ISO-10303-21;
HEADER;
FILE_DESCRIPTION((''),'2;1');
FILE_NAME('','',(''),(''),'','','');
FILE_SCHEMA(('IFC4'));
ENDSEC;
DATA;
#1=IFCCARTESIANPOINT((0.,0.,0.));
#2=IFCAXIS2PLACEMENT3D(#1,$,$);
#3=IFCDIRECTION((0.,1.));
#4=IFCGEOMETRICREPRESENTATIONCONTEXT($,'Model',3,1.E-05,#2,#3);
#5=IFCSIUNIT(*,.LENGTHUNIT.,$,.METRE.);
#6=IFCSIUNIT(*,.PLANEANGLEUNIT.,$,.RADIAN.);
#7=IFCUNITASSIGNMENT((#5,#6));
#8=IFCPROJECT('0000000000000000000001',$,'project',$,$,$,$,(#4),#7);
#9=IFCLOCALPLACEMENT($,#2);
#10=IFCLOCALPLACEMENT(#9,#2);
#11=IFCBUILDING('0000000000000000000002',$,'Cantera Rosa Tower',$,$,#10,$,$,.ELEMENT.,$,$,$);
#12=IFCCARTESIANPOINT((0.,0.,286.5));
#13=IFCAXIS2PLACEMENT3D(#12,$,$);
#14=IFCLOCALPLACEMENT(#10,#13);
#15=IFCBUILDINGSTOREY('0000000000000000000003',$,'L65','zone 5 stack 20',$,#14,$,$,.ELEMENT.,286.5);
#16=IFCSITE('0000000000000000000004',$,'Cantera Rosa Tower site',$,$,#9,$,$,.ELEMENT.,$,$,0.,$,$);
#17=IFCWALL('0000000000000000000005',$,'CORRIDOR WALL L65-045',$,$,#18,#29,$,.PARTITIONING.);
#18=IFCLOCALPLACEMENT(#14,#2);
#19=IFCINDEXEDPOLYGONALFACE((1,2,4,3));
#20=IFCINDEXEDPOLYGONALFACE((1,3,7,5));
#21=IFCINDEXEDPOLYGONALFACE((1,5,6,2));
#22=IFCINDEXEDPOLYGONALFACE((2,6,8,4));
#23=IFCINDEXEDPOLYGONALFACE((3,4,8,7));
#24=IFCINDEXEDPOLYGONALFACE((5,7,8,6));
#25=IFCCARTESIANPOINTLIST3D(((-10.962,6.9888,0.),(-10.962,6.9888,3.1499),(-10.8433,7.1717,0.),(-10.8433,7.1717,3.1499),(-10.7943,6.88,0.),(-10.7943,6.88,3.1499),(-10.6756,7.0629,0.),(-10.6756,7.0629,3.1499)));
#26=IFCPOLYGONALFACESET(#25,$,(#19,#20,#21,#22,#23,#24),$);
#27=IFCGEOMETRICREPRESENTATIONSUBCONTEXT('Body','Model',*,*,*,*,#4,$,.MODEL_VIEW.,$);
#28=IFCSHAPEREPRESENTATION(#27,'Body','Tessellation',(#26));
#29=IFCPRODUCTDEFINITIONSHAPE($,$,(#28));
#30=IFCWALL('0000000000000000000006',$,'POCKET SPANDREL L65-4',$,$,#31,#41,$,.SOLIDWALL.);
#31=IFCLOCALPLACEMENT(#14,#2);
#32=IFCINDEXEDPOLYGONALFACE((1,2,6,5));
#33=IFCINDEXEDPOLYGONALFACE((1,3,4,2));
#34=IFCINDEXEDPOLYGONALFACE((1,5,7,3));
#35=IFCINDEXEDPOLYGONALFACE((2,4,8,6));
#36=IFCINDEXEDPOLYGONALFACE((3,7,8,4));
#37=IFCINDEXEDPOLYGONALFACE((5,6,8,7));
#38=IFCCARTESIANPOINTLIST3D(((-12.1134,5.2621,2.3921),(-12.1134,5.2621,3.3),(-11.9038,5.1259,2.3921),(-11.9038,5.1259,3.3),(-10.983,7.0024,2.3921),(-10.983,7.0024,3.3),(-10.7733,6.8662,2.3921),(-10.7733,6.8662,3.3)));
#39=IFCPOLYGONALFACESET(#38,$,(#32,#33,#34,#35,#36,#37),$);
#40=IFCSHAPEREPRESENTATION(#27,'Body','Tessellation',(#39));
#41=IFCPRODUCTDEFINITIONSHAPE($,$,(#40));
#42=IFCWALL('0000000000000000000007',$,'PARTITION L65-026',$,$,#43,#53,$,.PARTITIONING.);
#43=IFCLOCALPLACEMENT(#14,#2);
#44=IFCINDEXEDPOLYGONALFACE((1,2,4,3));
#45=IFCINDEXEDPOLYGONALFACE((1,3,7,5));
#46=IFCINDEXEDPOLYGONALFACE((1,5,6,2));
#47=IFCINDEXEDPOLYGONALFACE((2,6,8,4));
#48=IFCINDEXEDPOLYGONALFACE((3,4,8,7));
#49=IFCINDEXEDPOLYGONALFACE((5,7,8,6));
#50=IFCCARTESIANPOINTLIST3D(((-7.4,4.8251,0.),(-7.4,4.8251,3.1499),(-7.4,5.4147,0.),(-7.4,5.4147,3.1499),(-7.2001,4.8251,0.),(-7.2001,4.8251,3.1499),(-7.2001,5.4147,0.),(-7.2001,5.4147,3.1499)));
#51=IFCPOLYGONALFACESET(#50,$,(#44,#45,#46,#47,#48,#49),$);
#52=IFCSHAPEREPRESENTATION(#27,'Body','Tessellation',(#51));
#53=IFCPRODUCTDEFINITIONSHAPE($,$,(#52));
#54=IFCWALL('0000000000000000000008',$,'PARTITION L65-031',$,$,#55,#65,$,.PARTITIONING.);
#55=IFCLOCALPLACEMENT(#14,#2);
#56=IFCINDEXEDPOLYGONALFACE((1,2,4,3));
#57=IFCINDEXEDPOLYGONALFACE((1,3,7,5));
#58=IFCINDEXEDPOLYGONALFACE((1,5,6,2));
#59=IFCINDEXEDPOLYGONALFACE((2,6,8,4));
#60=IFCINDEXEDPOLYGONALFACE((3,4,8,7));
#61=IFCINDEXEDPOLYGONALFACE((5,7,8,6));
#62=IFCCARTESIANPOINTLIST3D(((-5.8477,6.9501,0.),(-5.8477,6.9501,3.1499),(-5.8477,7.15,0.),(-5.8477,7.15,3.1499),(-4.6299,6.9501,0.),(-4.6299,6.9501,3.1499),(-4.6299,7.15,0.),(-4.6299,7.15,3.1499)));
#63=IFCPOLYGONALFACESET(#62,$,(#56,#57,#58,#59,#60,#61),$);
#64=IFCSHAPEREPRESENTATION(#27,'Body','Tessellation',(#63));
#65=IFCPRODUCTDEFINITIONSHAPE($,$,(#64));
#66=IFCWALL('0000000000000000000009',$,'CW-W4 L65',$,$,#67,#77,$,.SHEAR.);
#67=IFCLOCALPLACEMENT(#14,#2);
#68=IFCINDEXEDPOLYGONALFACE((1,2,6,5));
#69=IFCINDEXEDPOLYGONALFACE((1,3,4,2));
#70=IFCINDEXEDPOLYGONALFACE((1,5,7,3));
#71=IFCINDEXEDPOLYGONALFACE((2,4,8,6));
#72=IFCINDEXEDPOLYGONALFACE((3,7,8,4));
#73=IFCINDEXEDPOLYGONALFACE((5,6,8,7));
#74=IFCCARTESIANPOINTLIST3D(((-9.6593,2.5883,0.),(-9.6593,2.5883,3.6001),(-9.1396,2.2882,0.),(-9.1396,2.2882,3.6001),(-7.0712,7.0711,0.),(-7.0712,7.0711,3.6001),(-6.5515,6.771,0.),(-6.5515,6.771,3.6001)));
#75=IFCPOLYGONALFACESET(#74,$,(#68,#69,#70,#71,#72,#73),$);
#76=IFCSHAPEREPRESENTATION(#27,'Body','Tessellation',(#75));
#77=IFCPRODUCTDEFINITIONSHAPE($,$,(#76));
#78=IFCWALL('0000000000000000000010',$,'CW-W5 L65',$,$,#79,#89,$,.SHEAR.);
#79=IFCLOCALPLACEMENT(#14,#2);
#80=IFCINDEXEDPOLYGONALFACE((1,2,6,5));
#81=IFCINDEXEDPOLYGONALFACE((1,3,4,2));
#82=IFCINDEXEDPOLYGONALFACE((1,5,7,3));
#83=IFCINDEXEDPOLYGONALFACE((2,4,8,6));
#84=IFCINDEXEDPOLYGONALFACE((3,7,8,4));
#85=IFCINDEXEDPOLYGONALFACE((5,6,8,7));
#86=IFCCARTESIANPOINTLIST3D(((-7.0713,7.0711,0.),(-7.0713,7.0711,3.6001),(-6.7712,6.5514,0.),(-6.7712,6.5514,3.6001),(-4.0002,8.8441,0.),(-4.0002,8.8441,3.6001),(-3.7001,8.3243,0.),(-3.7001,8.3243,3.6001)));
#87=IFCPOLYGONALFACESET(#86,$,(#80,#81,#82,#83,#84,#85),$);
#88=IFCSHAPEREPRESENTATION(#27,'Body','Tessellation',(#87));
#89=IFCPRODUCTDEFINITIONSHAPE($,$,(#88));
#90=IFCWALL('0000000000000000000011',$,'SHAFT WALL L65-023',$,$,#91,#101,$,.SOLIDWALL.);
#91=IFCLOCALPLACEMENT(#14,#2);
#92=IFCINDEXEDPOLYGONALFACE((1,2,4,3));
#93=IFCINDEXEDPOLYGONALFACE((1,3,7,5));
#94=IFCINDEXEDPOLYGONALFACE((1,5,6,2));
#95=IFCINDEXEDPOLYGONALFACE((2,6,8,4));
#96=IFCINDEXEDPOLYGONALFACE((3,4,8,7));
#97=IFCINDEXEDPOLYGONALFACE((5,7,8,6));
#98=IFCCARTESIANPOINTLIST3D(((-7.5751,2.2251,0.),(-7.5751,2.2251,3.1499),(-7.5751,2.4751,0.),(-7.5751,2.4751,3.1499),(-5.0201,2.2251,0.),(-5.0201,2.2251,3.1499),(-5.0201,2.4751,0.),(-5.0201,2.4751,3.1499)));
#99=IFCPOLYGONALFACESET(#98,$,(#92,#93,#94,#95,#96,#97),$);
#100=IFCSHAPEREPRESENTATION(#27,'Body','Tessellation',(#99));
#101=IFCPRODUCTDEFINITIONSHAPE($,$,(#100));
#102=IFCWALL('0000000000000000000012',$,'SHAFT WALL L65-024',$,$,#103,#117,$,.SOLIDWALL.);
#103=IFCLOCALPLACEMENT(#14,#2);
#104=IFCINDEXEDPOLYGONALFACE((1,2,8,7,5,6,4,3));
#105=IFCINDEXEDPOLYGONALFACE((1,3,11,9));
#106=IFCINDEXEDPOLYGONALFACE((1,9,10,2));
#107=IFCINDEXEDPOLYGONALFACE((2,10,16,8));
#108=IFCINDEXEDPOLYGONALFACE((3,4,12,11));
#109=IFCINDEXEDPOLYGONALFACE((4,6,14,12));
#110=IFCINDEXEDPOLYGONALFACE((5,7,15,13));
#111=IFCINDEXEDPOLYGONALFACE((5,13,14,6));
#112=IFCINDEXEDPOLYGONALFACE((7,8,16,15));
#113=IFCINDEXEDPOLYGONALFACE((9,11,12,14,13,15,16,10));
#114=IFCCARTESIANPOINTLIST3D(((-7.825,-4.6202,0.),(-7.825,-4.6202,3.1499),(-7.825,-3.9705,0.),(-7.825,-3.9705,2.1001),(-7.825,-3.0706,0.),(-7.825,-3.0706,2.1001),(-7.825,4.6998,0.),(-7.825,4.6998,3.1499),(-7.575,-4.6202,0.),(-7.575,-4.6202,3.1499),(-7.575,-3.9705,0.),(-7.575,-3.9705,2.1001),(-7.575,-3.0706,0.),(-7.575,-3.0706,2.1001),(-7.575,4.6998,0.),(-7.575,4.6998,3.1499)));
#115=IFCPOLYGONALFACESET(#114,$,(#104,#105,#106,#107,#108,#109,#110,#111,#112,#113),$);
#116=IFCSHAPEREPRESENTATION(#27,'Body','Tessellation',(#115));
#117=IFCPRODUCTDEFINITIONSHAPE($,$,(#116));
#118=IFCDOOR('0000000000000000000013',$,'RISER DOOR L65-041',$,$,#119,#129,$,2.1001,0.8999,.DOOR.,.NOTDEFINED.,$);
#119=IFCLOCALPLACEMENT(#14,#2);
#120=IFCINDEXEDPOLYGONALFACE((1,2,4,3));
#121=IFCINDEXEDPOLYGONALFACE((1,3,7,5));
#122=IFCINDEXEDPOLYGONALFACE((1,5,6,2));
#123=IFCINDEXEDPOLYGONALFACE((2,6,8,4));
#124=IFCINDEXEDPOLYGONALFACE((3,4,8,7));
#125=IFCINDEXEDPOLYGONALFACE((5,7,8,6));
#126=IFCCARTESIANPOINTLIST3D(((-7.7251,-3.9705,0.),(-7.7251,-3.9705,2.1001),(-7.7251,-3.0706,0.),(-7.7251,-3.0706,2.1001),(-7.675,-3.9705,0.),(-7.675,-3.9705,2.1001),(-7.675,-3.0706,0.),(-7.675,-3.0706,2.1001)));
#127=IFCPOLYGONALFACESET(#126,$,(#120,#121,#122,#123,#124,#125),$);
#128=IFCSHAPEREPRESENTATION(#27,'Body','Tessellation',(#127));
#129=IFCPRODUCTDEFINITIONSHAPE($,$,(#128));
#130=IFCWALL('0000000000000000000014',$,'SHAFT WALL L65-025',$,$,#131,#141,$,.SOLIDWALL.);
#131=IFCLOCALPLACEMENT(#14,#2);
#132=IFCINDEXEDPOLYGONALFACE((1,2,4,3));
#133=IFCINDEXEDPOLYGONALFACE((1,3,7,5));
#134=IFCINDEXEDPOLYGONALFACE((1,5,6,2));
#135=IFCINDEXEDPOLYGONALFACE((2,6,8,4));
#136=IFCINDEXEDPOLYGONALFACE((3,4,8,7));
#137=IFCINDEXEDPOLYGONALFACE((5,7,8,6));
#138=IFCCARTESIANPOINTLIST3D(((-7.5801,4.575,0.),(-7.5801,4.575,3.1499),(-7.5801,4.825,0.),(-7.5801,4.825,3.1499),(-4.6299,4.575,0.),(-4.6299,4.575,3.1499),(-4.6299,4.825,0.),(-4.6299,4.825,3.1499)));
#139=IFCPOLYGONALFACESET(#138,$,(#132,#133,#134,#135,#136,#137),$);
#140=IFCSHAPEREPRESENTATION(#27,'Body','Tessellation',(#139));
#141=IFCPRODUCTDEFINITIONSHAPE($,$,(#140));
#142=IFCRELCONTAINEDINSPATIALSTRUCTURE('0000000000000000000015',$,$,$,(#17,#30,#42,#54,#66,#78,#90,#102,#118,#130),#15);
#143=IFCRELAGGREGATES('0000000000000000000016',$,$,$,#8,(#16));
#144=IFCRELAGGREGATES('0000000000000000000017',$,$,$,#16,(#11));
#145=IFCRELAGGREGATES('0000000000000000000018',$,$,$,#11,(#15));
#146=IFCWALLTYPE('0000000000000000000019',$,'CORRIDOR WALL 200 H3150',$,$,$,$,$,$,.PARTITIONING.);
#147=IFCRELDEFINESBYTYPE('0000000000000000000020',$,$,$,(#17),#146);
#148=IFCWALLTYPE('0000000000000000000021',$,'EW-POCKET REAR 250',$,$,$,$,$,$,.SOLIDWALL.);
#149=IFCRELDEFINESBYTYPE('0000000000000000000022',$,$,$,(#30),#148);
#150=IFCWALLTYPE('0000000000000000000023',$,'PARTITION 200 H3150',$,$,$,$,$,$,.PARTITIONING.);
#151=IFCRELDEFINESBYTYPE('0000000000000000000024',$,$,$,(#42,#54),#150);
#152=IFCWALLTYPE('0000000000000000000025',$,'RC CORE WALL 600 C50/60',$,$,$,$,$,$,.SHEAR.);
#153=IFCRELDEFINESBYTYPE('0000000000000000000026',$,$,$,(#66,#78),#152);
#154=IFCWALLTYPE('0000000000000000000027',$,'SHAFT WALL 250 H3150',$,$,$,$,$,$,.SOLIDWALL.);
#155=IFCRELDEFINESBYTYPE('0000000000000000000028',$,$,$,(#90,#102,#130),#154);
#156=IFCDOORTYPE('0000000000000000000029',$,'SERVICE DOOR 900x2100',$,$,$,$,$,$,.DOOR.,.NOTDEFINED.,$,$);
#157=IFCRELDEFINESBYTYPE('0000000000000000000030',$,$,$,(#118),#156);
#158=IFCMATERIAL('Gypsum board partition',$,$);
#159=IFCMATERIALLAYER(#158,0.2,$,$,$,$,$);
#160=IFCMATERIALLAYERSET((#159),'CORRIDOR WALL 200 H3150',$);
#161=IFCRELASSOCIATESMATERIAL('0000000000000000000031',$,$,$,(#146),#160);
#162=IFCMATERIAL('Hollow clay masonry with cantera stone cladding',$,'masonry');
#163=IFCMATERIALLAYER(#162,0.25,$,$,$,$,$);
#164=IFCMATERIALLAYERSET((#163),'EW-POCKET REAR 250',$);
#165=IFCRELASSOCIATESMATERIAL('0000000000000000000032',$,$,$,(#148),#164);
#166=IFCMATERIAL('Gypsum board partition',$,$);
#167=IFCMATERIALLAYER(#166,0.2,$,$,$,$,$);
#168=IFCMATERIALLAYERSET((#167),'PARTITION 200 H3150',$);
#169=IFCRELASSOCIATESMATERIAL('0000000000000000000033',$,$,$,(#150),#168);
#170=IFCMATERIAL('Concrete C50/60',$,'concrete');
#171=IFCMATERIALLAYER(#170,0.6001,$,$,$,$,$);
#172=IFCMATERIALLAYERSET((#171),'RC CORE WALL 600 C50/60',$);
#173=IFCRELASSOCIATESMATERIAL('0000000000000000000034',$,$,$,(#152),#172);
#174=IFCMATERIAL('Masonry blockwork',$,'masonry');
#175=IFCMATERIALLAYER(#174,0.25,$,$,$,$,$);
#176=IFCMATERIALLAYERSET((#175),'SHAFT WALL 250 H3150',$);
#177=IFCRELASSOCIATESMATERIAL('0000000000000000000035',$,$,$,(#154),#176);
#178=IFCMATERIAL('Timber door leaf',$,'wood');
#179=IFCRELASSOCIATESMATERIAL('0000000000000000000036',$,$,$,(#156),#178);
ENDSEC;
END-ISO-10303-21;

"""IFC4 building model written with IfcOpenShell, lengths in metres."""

from ifc_helpers import new_model, si_unit, direction, frame, frame_2d, origin, place, context, subcontext, project, spatial, rectangle, extrude, material, layer, layer_set, type_object, element, fill, save


model = new_model("IFC4")

# Units and contexts
model_context = context("Model", 3, precision=1e-05, world=origin(), true_north=direction((0.0, 1.0)))
body_context = subcontext(model_context, "Body", "Model", "MODEL_VIEW")
ifc_project = project(units=[si_unit("LENGTHUNIT", "METRE"), si_unit("PLANEANGLEUNIT", "RADIAN")], contexts=[model_context])

# Site, building, storey
site_placement = place(None, origin())
site = spatial("IfcSite", under=ifc_project, at=site_placement, Name="Cantera Rosa Tower site", CompositionType="ELEMENT", RefElevation=0.0)
building_placement = place(site_placement, origin())
building = spatial("IfcBuilding", under=site, at=building_placement, Name="Cantera Rosa Tower", CompositionType="ELEMENT")
storey_placement = place(building_placement, frame((0.0, 0.0, 286.5)))
storey = spatial("IfcBuildingStorey", under=building, at=storey_placement, Name="L65", Description="zone 5 stack 20", CompositionType="ELEMENT", Elevation=286.5)

# Walls
ifc_material_1 = material(Name="Gypsum board partition")
ifc_layer_1 = layer(ifc_material_1, 0.2)
ifc_layer_set_1 = layer_set([ifc_layer_1], Name="CORRIDOR WALL 200 H3150")
wall_type_1 = type_object("IfcWallType", Name="CORRIDOR WALL 200 H3150", PredefinedType="PARTITIONING", material=ifc_layer_set_1)
wall_1_placement = place(storey_placement, frame((-10.7595, 7.1172, 0.0), z_axis=(0.0, 0.0, 1.0), x_axis=(-0.544319, -0.838878, 0.0)))
element("IfcWall", 1, at=wall_1_placement, inside=storey, type_object=wall_type_1, Name="CORRIDOR WALL L65-045", PredefinedType="PARTITIONING", context=body_context, shape_type="SweptSolid", body=[
    extrude(rectangle(XDim=0.218, YDim=0.2, at=frame_2d((0.1089, 0.0))), origin(), (0.0, 0.0, 1.0), 3.1499),
])
ifc_material_2 = material(Name="Hollow clay masonry with cantera stone cladding", Category="masonry")
ifc_layer_2 = layer(ifc_material_2, 0.25)
ifc_layer_set_2 = layer_set([ifc_layer_2], Name="EW-POCKET REAR 250")
wall_type_2 = type_object("IfcWallType", Name="EW-POCKET REAR 250", PredefinedType="SOLIDWALL", material=ifc_layer_set_2)
wall_2_placement = place(storey_placement, frame((-10.8782, 6.9343, 2.3921), z_axis=(0.0, 0.0, 1.0), x_axis=(-0.544724, -0.838616, 0.0)))
element("IfcWall", 2, at=wall_2_placement, inside=storey, type_object=wall_type_2, Name="POCKET SPANDREL L65-4", PredefinedType="SOLIDWALL", context=body_context, shape_type="SweptSolid", body=[
    extrude(rectangle(XDim=2.0752, YDim=0.25, at=frame_2d((1.0376, 0.0))), origin(), (0.0, 0.0, 1.0), 0.908),
])
ifc_material_3 = material(Name="Gypsum board partition")
ifc_layer_3 = layer(ifc_material_3, 0.2)
ifc_layer_set_3 = layer_set([ifc_layer_3], Name="PARTITION 200 H3150")
wall_type_3 = type_object("IfcWallType", Name="PARTITION 200 H3150", PredefinedType="PARTITIONING", material=ifc_layer_set_3)
wall_3_placement = place(storey_placement, frame((-7.3, 4.825, 0.0), z_axis=(0.0, 0.0, 1.0), x_axis=(0.0, 1.0, 0.0)))
element("IfcWall", 3, at=wall_3_placement, inside=storey, type_object=wall_type_3, Name="PARTITION L65-026", PredefinedType="PARTITIONING", context=body_context, shape_type="SweptSolid", body=[
    extrude(rectangle(XDim=0.5896, YDim=0.2, at=frame_2d((0.2949, 0.0))), origin(), (0.0, 0.0, 1.0), 3.1499),
])
wall_4_placement = place(storey_placement, frame((-5.8477, 7.05, 0.0), z_axis=(0.0, 0.0, 1.0), x_axis=(1.0, 0.0, 0.0)))
element("IfcWall", 4, at=wall_4_placement, inside=storey, type_object=wall_type_3, Name="PARTITION L65-031", PredefinedType="PARTITIONING", context=body_context, shape_type="SweptSolid", body=[
    extrude(rectangle(XDim=1.2178, YDim=0.2, at=frame_2d((0.6089, 0.0))), origin(), (0.0, 0.0, 1.0), 3.1499),
])
ifc_material_4 = material(Name="Concrete C50/60", Category="concrete")
ifc_layer_4 = layer(ifc_material_4, 0.6001)
ifc_layer_set_4 = layer_set([ifc_layer_4], Name="RC CORE WALL 600 C50/60")
wall_type_4 = type_object("IfcWallType", Name="RC CORE WALL 600 C50/60", PredefinedType="SHEAR", material=ifc_layer_set_4)
wall_5_placement = place(storey_placement, frame((-9.3994, 2.4382, 0.0), z_axis=(0.0, 0.0, 1.0), x_axis=(0.499989, 0.866032, 0.0)))
element("IfcWall", 5, at=wall_5_placement, inside=storey, type_object=wall_type_4, Name="CW-W4 L65", PredefinedType="SHEAR", context=body_context, shape_type="SweptSolid", body=[
    extrude(rectangle(XDim=5.1763, YDim=0.6001, at=frame_2d((2.5881, 0.0))), origin(), (0.0, 0.0, 1.0), 3.6001),
])
wall_6_placement = place(storey_placement, frame((-6.9211, 6.8113, 0.0), z_axis=(0.0, 0.0, 1.0), x_axis=(0.86604, 0.499975, 0.0)))
element("IfcWall", 6, at=wall_6_placement, inside=storey, type_object=wall_type_4, Name="CW-W5 L65", PredefinedType="SHEAR", context=body_context, shape_type="SweptSolid", body=[
    extrude(rectangle(XDim=3.5461, YDim=0.6001, at=frame_2d((1.7729, 0.0))), origin(), (0.0, 0.0, 1.0), 3.6001),
])
ifc_material_5 = material(Name="Masonry blockwork", Category="masonry")
ifc_layer_5 = layer(ifc_material_5, 0.25)
ifc_layer_set_5 = layer_set([ifc_layer_5], Name="SHAFT WALL 250 H3150")
wall_type_5 = type_object("IfcWallType", Name="SHAFT WALL 250 H3150", PredefinedType="SOLIDWALL", material=ifc_layer_set_5)
wall_7_placement = place(storey_placement, frame((-7.575, 2.3501, 0.0), z_axis=(0.0, 0.0, 1.0), x_axis=(1.0, 0.0, 0.0)))
element("IfcWall", 7, at=wall_7_placement, inside=storey, type_object=wall_type_5, Name="SHAFT WALL L65-023", PredefinedType="SOLIDWALL", context=body_context, shape_type="SweptSolid", body=[
    extrude(rectangle(XDim=2.5549, YDim=0.25, at=frame_2d((1.2773, 0.0))), origin(), (0.0, 0.0, 1.0), 3.1499),
])

# Wall, opening, door
wall_8_placement = place(storey_placement, frame((-7.7, 4.7, 0.0), z_axis=(0.0, 0.0, 1.0), x_axis=(0.0, -1.0, 0.0)))
wall_8 = element("IfcWall", 8, at=wall_8_placement, inside=storey, type_object=wall_type_5, Name="SHAFT WALL L65-024", PredefinedType="SOLIDWALL", context=body_context, shape_type="SweptSolid", body=[
    extrude(rectangle(XDim=9.3201, YDim=0.25, at=frame_2d((4.6602, 0.0))), origin(), (0.0, 0.0, 1.0), 3.1499),
])
opening_placement = place(wall_8_placement, frame((7.7705, 0.0, 0.0)))
opening = element("IfcOpeningElement", 9, at=opening_placement, cuts=wall_8, PredefinedType="OPENING", context=body_context, shape_type="SweptSolid", body=[
    extrude(rectangle(XDim=0.8999, YDim=2.1001, at=frame_2d((0.45, 1.05))), frame((0.0, 0.135, 0.0), z_axis=(0.0, -1.0, 0.0), x_axis=(1.0, 0.0, 0.0)), (0.0, 0.0, 1.0), 0.27),
])
ifc_material_6 = material(Name="Timber door leaf", Category="wood")
door_type = type_object("IfcDoorType", Name="SERVICE DOOR 900x2100", OperationType="NOTDEFINED", PredefinedType="DOOR", material=ifc_material_6)
door_placement = place(opening_placement, origin())
door = element("IfcDoor", 10, at=door_placement, inside=storey, type_object=door_type, Name="RISER DOOR L65-041", OperationType="NOTDEFINED", OverallHeight=2.1001, OverallWidth=0.8999, PredefinedType="DOOR", context=body_context, shape_type="SweptSolid", body=[
    extrude(rectangle(XDim=0.8999, YDim=2.1001, at=frame_2d((0.45, 1.05))), frame((0.0, 0.0249, 0.0), z_axis=(0.0, -1.0, 0.0), x_axis=(1.0, 0.0, 0.0)), (0.0, 0.0, 1.0), 0.05),
])
fill(opening, door)

# Wall
wall_9_placement = place(storey_placement, frame((-7.5801, 4.7, 0.0), z_axis=(0.0, 0.0, 1.0), x_axis=(1.0, 0.0, 0.0)))
element("IfcWall", 11, at=wall_9_placement, inside=storey, type_object=wall_type_5, Name="SHAFT WALL L65-025", PredefinedType="SOLIDWALL", context=body_context, shape_type="SweptSolid", body=[
    extrude(rectangle(XDim=2.9502, YDim=0.25, at=frame_2d((1.4751, 0.0))), origin(), (0.0, 0.0, 1.0), 3.1499),
])

save(model, "model.ifc")
